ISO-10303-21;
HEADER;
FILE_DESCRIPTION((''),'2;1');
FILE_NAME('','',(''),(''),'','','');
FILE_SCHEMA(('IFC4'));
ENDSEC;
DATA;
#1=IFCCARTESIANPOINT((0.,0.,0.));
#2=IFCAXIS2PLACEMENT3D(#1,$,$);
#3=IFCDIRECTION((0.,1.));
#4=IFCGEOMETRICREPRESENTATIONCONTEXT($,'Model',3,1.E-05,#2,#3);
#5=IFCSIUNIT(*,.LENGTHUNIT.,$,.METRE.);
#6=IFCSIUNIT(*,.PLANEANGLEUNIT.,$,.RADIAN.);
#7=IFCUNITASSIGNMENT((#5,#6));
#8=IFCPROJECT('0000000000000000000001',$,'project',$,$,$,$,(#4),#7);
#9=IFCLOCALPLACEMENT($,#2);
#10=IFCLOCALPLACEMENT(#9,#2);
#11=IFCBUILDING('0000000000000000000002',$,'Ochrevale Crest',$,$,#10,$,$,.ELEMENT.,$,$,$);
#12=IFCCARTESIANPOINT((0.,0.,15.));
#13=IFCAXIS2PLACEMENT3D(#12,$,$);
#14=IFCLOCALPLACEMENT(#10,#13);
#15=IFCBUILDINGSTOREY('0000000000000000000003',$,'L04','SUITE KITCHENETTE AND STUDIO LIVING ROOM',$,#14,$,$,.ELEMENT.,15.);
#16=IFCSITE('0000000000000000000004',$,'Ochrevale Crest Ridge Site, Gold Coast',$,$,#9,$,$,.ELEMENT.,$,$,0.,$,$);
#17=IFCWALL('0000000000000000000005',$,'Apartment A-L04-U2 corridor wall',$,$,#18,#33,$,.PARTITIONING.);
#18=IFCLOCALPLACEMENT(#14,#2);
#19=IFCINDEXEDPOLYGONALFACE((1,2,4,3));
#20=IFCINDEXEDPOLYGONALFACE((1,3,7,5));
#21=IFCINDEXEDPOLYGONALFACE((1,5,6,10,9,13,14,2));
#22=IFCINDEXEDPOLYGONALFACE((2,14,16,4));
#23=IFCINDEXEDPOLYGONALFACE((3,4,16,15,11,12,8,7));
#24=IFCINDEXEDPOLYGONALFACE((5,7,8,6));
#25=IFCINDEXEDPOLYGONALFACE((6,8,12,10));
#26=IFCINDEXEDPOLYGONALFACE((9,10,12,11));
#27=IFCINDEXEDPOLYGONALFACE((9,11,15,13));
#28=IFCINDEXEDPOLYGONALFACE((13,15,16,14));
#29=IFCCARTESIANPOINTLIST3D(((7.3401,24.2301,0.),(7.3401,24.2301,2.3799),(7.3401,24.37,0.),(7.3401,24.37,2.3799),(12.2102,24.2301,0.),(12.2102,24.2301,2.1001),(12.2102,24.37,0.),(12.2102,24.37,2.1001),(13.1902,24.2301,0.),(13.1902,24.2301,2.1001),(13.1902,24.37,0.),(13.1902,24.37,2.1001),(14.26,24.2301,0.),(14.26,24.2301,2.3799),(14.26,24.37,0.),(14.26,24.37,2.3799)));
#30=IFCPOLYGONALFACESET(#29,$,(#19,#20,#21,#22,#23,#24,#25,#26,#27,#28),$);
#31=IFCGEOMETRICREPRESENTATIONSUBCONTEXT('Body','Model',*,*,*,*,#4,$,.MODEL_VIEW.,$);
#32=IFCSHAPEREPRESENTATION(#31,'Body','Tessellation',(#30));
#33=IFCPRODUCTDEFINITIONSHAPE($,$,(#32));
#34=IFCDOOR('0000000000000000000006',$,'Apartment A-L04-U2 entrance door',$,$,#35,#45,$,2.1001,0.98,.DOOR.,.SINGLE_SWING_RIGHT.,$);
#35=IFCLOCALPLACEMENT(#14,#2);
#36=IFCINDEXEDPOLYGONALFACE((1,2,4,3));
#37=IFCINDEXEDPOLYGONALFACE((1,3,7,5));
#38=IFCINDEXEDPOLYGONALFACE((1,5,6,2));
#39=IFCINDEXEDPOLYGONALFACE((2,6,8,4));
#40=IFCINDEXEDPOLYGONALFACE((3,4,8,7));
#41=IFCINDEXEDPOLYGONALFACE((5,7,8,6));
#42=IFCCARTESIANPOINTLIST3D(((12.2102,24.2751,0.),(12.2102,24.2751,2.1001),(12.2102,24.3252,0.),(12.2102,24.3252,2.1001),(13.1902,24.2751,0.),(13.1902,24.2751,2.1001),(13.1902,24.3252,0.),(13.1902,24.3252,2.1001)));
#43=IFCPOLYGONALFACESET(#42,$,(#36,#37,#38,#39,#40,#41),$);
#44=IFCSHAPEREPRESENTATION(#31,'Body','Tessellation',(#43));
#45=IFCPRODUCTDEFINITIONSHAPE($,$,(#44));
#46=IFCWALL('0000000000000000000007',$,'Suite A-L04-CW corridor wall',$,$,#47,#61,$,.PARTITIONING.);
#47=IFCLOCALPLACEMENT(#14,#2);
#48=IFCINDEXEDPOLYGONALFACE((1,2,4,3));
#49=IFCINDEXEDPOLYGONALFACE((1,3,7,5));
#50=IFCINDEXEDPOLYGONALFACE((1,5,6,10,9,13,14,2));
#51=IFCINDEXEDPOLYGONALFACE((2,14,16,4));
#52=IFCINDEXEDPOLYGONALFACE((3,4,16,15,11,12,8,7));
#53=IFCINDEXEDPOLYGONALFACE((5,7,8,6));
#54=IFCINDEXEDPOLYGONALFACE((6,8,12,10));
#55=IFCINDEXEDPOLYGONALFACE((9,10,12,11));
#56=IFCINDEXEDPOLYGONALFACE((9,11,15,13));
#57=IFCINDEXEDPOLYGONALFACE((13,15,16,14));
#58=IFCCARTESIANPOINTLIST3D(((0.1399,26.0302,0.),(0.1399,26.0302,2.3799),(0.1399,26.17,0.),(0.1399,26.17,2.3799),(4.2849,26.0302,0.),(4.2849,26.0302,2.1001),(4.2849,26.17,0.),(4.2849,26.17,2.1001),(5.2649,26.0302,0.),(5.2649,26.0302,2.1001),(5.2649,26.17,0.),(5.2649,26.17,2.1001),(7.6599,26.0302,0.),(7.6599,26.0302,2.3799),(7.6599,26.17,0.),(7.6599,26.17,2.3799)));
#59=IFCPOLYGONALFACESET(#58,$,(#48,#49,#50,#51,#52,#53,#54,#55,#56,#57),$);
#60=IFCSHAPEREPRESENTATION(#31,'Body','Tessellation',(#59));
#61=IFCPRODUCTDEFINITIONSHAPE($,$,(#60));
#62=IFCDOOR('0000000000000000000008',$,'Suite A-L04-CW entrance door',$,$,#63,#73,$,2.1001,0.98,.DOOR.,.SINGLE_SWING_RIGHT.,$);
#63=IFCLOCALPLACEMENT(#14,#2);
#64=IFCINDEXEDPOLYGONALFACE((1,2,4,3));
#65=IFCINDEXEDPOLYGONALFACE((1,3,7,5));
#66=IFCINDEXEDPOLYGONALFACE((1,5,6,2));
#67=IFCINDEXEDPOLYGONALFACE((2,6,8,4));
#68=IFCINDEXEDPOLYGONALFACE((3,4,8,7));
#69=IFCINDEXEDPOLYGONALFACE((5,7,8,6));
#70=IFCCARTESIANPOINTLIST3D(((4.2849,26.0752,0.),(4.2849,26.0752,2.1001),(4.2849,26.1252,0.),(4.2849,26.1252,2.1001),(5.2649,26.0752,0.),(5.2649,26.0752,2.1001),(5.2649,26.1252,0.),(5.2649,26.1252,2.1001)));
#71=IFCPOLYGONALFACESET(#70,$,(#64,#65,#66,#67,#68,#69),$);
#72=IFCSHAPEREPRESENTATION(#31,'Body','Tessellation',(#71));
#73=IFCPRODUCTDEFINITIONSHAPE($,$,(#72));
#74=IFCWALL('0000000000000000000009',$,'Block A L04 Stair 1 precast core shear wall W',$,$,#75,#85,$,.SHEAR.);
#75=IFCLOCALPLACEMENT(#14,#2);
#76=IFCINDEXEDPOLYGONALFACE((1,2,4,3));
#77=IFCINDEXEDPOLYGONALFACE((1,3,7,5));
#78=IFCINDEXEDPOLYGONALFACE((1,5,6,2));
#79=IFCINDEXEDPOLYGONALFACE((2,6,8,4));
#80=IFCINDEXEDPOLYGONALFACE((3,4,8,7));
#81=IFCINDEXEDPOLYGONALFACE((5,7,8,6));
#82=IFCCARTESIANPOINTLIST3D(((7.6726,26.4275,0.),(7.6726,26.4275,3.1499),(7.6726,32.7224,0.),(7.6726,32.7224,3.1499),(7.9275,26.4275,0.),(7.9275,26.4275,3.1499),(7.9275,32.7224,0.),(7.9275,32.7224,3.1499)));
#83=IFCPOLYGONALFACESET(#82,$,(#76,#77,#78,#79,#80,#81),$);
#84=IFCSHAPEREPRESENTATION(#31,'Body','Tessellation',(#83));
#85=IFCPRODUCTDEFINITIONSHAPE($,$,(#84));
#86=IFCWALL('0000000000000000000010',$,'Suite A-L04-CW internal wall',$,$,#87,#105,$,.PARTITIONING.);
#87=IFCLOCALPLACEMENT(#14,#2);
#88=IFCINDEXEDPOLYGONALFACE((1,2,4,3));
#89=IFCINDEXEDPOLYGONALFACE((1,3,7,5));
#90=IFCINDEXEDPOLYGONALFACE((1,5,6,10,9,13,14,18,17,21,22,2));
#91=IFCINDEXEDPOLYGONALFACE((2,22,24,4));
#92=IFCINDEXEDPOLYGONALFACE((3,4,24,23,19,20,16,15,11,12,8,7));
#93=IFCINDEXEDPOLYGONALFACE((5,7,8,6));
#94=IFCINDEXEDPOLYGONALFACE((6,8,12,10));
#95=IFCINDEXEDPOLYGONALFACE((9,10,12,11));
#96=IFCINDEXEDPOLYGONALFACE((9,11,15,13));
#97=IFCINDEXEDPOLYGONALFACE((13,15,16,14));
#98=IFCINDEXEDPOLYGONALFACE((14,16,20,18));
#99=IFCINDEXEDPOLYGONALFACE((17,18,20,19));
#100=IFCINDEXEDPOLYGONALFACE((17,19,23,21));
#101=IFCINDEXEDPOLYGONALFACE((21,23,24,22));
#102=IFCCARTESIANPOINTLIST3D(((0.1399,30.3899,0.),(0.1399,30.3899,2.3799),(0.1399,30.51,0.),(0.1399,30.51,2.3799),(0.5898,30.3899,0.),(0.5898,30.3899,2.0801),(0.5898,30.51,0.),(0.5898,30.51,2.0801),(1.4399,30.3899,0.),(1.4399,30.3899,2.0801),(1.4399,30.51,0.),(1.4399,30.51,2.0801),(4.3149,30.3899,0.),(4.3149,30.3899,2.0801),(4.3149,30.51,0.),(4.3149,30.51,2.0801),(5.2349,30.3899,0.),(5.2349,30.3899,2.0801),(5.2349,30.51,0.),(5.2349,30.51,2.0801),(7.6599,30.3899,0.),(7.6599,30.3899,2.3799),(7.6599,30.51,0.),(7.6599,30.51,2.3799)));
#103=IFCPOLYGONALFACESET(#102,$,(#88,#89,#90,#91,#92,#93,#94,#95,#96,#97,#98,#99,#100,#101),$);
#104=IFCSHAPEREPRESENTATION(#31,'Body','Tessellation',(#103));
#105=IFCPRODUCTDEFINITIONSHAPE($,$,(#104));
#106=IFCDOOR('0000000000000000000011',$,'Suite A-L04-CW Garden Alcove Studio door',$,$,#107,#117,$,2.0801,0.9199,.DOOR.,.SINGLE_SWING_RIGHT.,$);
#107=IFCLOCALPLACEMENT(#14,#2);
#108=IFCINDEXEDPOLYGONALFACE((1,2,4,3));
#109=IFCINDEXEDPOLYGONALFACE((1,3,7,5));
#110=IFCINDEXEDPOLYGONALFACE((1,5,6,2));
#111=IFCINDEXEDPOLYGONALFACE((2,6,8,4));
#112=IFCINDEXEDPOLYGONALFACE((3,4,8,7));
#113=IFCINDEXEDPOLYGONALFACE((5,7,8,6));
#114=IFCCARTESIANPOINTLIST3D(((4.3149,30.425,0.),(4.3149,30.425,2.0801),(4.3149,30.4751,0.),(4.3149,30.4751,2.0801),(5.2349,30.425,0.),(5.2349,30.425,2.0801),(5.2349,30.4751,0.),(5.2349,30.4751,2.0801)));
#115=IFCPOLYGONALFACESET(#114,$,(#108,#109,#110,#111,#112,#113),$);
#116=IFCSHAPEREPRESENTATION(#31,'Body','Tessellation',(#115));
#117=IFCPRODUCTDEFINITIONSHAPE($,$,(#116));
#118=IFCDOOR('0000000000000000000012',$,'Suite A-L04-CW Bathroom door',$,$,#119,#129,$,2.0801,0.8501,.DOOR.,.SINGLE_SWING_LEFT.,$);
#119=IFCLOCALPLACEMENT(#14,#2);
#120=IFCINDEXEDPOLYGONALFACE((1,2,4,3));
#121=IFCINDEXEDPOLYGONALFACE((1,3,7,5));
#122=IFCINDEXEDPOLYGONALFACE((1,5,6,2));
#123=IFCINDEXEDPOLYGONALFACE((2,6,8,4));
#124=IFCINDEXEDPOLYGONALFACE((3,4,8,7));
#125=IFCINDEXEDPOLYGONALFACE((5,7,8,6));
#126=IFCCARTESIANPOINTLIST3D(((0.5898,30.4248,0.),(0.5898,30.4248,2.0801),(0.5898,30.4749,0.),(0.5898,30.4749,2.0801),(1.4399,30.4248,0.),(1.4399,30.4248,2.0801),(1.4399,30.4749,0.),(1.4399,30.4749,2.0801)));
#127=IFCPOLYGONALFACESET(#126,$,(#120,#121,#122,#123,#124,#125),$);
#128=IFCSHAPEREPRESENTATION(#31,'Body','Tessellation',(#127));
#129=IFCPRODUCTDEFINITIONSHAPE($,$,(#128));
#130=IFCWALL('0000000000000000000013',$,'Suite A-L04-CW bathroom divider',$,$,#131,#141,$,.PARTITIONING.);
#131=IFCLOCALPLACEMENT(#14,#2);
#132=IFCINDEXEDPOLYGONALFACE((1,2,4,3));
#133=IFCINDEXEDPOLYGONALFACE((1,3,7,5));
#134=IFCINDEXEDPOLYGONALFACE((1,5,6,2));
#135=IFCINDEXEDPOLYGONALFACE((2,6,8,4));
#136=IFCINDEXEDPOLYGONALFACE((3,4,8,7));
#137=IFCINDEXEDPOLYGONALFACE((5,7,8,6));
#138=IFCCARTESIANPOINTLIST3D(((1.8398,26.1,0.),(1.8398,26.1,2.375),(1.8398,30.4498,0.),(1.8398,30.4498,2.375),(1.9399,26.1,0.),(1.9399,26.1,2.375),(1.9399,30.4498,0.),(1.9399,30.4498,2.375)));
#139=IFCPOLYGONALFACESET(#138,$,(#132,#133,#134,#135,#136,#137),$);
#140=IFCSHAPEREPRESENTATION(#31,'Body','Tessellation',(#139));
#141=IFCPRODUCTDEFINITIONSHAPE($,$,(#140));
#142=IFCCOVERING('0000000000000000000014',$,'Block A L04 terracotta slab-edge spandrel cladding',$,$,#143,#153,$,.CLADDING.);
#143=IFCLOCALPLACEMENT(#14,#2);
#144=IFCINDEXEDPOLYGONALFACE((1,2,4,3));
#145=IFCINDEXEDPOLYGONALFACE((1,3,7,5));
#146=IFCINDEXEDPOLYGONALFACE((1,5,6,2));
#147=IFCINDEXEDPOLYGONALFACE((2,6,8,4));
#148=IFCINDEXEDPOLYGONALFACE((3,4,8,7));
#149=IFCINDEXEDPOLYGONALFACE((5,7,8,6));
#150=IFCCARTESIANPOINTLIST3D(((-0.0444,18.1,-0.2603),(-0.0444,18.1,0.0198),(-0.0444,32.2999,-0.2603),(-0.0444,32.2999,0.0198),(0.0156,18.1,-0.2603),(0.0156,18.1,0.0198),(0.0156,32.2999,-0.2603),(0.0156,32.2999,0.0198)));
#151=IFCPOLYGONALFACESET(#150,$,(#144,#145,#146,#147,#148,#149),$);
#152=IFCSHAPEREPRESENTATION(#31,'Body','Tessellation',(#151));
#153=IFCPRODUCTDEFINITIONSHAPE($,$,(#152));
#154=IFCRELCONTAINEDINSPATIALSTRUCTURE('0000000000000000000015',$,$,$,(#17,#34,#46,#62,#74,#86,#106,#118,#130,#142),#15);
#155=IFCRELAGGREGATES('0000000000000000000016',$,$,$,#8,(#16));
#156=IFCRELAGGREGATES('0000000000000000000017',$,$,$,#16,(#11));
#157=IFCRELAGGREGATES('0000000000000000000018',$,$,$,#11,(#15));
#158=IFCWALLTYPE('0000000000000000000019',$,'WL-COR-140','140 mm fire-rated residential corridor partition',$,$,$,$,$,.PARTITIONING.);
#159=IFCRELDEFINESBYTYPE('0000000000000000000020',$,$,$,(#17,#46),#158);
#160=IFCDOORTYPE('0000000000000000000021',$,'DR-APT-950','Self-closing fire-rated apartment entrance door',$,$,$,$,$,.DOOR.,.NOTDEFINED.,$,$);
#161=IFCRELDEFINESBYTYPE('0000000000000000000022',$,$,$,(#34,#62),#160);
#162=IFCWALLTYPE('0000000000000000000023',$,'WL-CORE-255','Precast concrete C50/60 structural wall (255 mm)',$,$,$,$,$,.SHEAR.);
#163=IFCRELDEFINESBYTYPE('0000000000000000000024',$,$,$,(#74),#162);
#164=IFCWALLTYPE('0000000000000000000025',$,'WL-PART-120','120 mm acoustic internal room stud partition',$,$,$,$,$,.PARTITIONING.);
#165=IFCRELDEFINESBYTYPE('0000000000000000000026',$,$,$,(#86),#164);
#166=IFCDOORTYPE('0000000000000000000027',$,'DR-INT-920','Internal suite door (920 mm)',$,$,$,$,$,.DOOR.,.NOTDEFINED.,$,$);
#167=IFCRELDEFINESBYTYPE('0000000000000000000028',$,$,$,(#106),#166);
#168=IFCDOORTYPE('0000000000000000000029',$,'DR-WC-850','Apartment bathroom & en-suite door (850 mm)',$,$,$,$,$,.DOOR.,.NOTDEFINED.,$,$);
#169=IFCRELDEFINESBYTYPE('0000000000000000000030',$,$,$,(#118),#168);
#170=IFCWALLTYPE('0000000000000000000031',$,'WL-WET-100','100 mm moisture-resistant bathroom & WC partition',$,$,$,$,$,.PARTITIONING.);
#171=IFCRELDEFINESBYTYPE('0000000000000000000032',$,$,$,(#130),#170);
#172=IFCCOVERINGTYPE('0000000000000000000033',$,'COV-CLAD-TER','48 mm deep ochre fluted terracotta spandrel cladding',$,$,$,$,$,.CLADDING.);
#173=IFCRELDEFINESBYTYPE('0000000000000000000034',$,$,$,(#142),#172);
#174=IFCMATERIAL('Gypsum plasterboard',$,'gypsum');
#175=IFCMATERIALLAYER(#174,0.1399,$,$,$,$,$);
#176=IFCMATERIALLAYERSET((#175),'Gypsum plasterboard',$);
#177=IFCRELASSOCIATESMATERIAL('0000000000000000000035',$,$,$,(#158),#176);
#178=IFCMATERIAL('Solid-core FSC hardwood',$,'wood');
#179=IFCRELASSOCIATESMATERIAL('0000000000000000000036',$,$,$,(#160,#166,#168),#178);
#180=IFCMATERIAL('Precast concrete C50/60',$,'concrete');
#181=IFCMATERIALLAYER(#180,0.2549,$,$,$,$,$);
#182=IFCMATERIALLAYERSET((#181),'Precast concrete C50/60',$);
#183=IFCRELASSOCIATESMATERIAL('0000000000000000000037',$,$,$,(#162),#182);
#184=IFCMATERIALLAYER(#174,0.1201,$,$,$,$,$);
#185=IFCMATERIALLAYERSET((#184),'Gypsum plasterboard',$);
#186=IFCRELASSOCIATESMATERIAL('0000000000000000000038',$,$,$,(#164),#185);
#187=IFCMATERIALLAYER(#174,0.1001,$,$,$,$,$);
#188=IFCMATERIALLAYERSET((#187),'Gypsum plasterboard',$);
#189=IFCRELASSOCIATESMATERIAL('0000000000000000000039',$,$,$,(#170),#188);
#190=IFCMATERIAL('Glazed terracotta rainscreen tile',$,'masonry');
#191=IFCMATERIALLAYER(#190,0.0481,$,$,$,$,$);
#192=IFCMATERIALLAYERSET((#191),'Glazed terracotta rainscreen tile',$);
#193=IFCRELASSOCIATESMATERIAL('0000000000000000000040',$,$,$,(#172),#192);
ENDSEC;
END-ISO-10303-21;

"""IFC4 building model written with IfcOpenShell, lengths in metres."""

from ifc_helpers import new_model, si_unit, direction, frame, frame_2d, origin, origin_2d, place, context, subcontext, project, spatial, rectangle, extrude, material, layer, layer_set, type_object, element, fill, save


model = new_model("IFC4")

# Units and contexts
model_context = context("Model", 3, precision=1e-05, world=origin(), true_north=direction((0.0, 1.0)))
body_context = subcontext(model_context, "Body", "Model", "MODEL_VIEW")
ifc_project = project(units=[si_unit("LENGTHUNIT", "METRE"), si_unit("PLANEANGLEUNIT", "RADIAN")], contexts=[model_context])

# Site, building, storey
site_placement = place(None, origin())
site = spatial("IfcSite", under=ifc_project, at=site_placement, Name="Ochrevale Crest Ridge Site, Gold Coast", CompositionType="ELEMENT", RefElevation=0.0)
building_placement = place(site_placement, origin())
building = spatial("IfcBuilding", under=site, at=building_placement, Name="Ochrevale Crest", CompositionType="ELEMENT")
storey_placement = place(building_placement, frame((0.0, 0.0, 15.0)))
storey = spatial("IfcBuildingStorey", under=building, at=storey_placement, Name="L04", Description="SUITE KITCHENETTE AND STUDIO LIVING ROOM", CompositionType="ELEMENT", Elevation=15.0)

# Shared definitions
ifc_material_1 = material(Name="Precast concrete C50/60", Category="concrete")

# Walls, openings, doors
ifc_material_2 = material(Name="Gypsum plasterboard", Category="gypsum")
ifc_layer_1 = layer(ifc_material_2, 0.1399)
ifc_layer_set_1 = layer_set([ifc_layer_1], Name="Gypsum plasterboard")
wall_type_1 = type_object("IfcWallType", Name="WL-COR-140", Description="140 mm fire-rated residential corridor partition", PredefinedType="PARTITIONING", material=ifc_layer_set_1)
ifc_material_3 = material(Name="Solid-core FSC hardwood", Category="wood")
door_type_1 = type_object("IfcDoorType", Name="DR-APT-950", Description="Self-closing fire-rated apartment entrance door", OperationType="NOTDEFINED", PredefinedType="DOOR", material=ifc_material_3)
wall_1_placement = place(storey_placement, frame((7.3401, 24.3, 0.0), z_axis=(0.0, 0.0, 1.0), x_axis=(1.0, 0.0, 0.0)))
wall_1 = element("IfcWall", 1, at=wall_1_placement, inside=storey, type_object=wall_type_1, Name="Apartment A-L04-U2 corridor wall", PredefinedType="PARTITIONING", context=body_context, shape_type="SweptSolid", body=[
    extrude(rectangle(XDim=6.9199, YDim=0.1399, at=frame_2d((3.46, 0.0))), origin(), (0.0, 0.0, 1.0), 2.3799),
])
opening_1_placement = place(wall_1_placement, frame((5.8501, 0.0, 0.0), z_axis=(0.0, 0.0, 1.0), x_axis=(-1.0, 0.0, 0.0)))
opening_1 = element("IfcOpeningElement", 2, at=opening_1_placement, cuts=wall_1, PredefinedType="OPENING", context=body_context, shape_type="SweptSolid", body=[
    extrude(rectangle(XDim=0.98, YDim=2.1001, at=frame_2d((0.49, 1.05))), frame((0.0, 0.0801, 0.0), z_axis=(0.0, -1.0, 0.0), x_axis=(1.0, 0.0, 0.0)), (0.0, 0.0, 1.0), 0.1599),
])
door_1_placement = place(opening_1_placement, origin())
door_1 = element("IfcDoor", 3, at=door_1_placement, inside=storey, type_object=door_type_1, Name="Apartment A-L04-U2 entrance door", OperationType="SINGLE_SWING_RIGHT", OverallHeight=2.1001, OverallWidth=0.98, PredefinedType="DOOR", context=body_context, shape_type="SweptSolid", body=[
    extrude(rectangle(XDim=0.98, YDim=2.1001, at=frame_2d((0.49, 1.05))), frame((0.0, 0.0249, 0.0), z_axis=(0.0, -1.0, 0.0), x_axis=(1.0, 0.0, 0.0)), (0.0, 0.0, 1.0), 0.05),
])
fill(opening_1, door_1)
wall_2_placement = place(storey_placement, frame((0.1399, 26.1001, 0.0), z_axis=(0.0, 0.0, 1.0), x_axis=(1.0, 0.0, 0.0)))
wall_2 = element("IfcWall", 4, at=wall_2_placement, inside=storey, type_object=wall_type_1, Name="Suite A-L04-CW corridor wall", PredefinedType="PARTITIONING", context=body_context, shape_type="SweptSolid", body=[
    extrude(rectangle(XDim=7.52, YDim=0.1399, at=frame_2d((3.76, 0.0))), origin(), (0.0, 0.0, 1.0), 2.3799),
])
opening_2_placement = place(wall_2_placement, frame((5.125, 0.0, 0.0), z_axis=(0.0, 0.0, 1.0), x_axis=(-1.0, 0.0, 0.0)))
opening_2 = element("IfcOpeningElement", 5, at=opening_2_placement, cuts=wall_2, PredefinedType="OPENING", context=body_context, shape_type="SweptSolid", body=[
    extrude(rectangle(XDim=0.98, YDim=2.1001, at=frame_2d((0.49, 1.05))), frame((0.0, 0.0801, 0.0), z_axis=(0.0, -1.0, 0.0), x_axis=(1.0, 0.0, 0.0)), (0.0, 0.0, 1.0), 0.1599),
])
door_2_placement = place(opening_2_placement, origin())
door_2 = element("IfcDoor", 6, at=door_2_placement, inside=storey, type_object=door_type_1, Name="Suite A-L04-CW entrance door", OperationType="SINGLE_SWING_RIGHT", OverallHeight=2.1001, OverallWidth=0.98, PredefinedType="DOOR", context=body_context, shape_type="SweptSolid", body=[
    extrude(rectangle(XDim=0.98, YDim=2.1001, at=frame_2d((0.49, 1.05))), frame((0.0, 0.0249, 0.0), z_axis=(0.0, -1.0, 0.0), x_axis=(1.0, 0.0, 0.0)), (0.0, 0.0, 1.0), 0.05),
])
fill(opening_2, door_2)
ifc_layer_2 = layer(ifc_material_1, 0.2549)
ifc_layer_set_2 = layer_set([ifc_layer_2], Name="Precast concrete C50/60")
wall_type_2 = type_object("IfcWallType", Name="WL-CORE-255", Description="Precast concrete C50/60 structural wall (255 mm)", PredefinedType="SHEAR", material=ifc_layer_set_2)

# Wall
wall_3_placement = place(storey_placement, frame((7.8, 26.4275, 0.0), z_axis=(0.0, 0.0, 1.0), x_axis=(0.0, 1.0, 0.0)))
element("IfcWall", 7, at=wall_3_placement, inside=storey, type_object=wall_type_2, Name="Block A L04 Stair 1 precast core shear wall W", PredefinedType="SHEAR", context=body_context, shape_type="SweptSolid", body=[
    extrude(rectangle(XDim=6.2949, YDim=0.2549, at=frame_2d((3.1475, 0.0))), origin(), (0.0, 0.0, 1.0), 3.1499),
])

# Wall, openings, doors
ifc_layer_3 = layer(ifc_material_2, 0.1201)
ifc_layer_set_3 = layer_set([ifc_layer_3], Name="Gypsum plasterboard")
wall_type_3 = type_object("IfcWallType", Name="WL-PART-120", Description="120 mm acoustic internal room stud partition", PredefinedType="PARTITIONING", material=ifc_layer_set_3)
wall_4_placement = place(storey_placement, frame((0.1399, 30.45, 0.0), z_axis=(0.0, 0.0, 1.0), x_axis=(1.0, 0.0, 0.0)))
wall_4 = element("IfcWall", 8, at=wall_4_placement, inside=storey, type_object=wall_type_3, Name="Suite A-L04-CW internal wall", PredefinedType="PARTITIONING", context=body_context, shape_type="SweptSolid", body=[
    extrude(rectangle(XDim=7.52, YDim=0.1201, at=frame_2d((3.76, 0.0))), origin(), (0.0, 0.0, 1.0), 2.3799),
])
opening_3_placement = place(wall_4_placement, frame((0.45, 0.0, 0.0)))
opening_3 = element("IfcOpeningElement", 9, at=opening_3_placement, cuts=wall_4, PredefinedType="OPENING", context=body_context, shape_type="SweptSolid", body=[
    extrude(rectangle(XDim=0.8501, YDim=2.0801, at=frame_2d((0.425, 1.04))), frame((0.0, 0.0701, 0.0), z_axis=(0.0, -1.0, 0.0), x_axis=(1.0, 0.0, 0.0)), (0.0, 0.0, 1.0), 0.1401),
])
opening_4_placement = place(wall_4_placement, frame((5.095, 0.0, 0.0), z_axis=(0.0, 0.0, 1.0), x_axis=(-1.0, 0.0, 0.0)))
opening_4 = element("IfcOpeningElement", 10, at=opening_4_placement, cuts=wall_4, PredefinedType="OPENING", context=body_context, shape_type="SweptSolid", body=[
    extrude(rectangle(XDim=0.9199, YDim=2.0801, at=frame_2d((0.46, 1.04))), frame((0.0, 0.0701, 0.0), z_axis=(0.0, -1.0, 0.0), x_axis=(1.0, 0.0, 0.0)), (0.0, 0.0, 1.0), 0.1401),
])
door_type_2 = type_object("IfcDoorType", Name="DR-INT-920", Description="Internal suite door (920 mm)", OperationType="NOTDEFINED", PredefinedType="DOOR", material=ifc_material_3)
door_3_placement = place(opening_4_placement, origin())
door_3 = element("IfcDoor", 11, at=door_3_placement, inside=storey, type_object=door_type_2, Name="Suite A-L04-CW Garden Alcove Studio door", OperationType="SINGLE_SWING_RIGHT", OverallHeight=2.0801, OverallWidth=0.9199, PredefinedType="DOOR", context=body_context, shape_type="SweptSolid", body=[
    extrude(rectangle(XDim=0.9199, YDim=2.0801, at=frame_2d((0.46, 1.04))), frame((0.0, 0.0249, 0.0), z_axis=(0.0, -1.0, 0.0), x_axis=(1.0, 0.0, 0.0)), (0.0, 0.0, 1.0), 0.05),
])
fill(opening_4, door_3)
door_type_3 = type_object("IfcDoorType", Name="DR-WC-850", Description="Apartment bathroom & en-suite door (850 mm)", OperationType="NOTDEFINED", PredefinedType="DOOR", material=ifc_material_3)
door_4_placement = place(opening_3_placement, origin())
door_4 = element("IfcDoor", 12, at=door_4_placement, inside=storey, type_object=door_type_3, Name="Suite A-L04-CW Bathroom door", OperationType="SINGLE_SWING_LEFT", OverallHeight=2.0801, OverallWidth=0.8501, PredefinedType="DOOR", context=body_context, shape_type="SweptSolid", body=[
    extrude(rectangle(XDim=0.8501, YDim=2.0801, at=frame_2d((0.425, 1.04))), frame((0.0, 0.0249, 0.0), z_axis=(0.0, -1.0, 0.0), x_axis=(1.0, 0.0, 0.0)), (0.0, 0.0, 1.0), 0.05),
])
fill(opening_3, door_4)

# Wall
ifc_layer_4 = layer(ifc_material_2, 0.1001)
ifc_layer_set_4 = layer_set([ifc_layer_4], Name="Gypsum plasterboard")
wall_type_4 = type_object("IfcWallType", Name="WL-WET-100", Description="100 mm moisture-resistant bathroom & WC partition", PredefinedType="PARTITIONING", material=ifc_layer_set_4)
wall_5_placement = place(storey_placement, frame((1.8899, 26.1001, 0.0), z_axis=(0.0, 0.0, 1.0), x_axis=(0.0, 1.0, 0.0)))
element("IfcWall", 13, at=wall_5_placement, inside=storey, type_object=wall_type_4, Name="Suite A-L04-CW bathroom divider", PredefinedType="PARTITIONING", context=body_context, shape_type="SweptSolid", body=[
    extrude(rectangle(XDim=4.3499, YDim=0.1001, at=frame_2d((2.1748, 0.0))), origin(), (0.0, 0.0, 1.0), 2.375),
])

# Covering
ifc_material_4 = material(Name="Glazed terracotta rainscreen tile", Category="masonry")
ifc_layer_5 = layer(ifc_material_4, 0.0481)
ifc_layer_set_5 = layer_set([ifc_layer_5], Name="Glazed terracotta rainscreen tile")
covering_type = type_object("IfcCoveringType", Name="COV-CLAD-TER", Description="48 mm deep ochre fluted terracotta spandrel cladding", PredefinedType="CLADDING", material=ifc_layer_set_5)
covering_placement = place(storey_placement, frame((-0.0144, 25.2, -0.2603), z_axis=(0.0, 0.0, 1.0), x_axis=(0.0, -1.0, 0.0)))
element("IfcCovering", 14, at=covering_placement, inside=storey, type_object=covering_type, Name="Block A L04 terracotta slab-edge spandrel cladding", PredefinedType="CLADDING", context=body_context, shape_type="SweptSolid", body=[
    extrude(rectangle(XDim=14.2, YDim=0.0601, at=origin_2d()), origin(), (0.0, 0.0, 1.0), 0.28),
])

save(model, "model.ifc")
